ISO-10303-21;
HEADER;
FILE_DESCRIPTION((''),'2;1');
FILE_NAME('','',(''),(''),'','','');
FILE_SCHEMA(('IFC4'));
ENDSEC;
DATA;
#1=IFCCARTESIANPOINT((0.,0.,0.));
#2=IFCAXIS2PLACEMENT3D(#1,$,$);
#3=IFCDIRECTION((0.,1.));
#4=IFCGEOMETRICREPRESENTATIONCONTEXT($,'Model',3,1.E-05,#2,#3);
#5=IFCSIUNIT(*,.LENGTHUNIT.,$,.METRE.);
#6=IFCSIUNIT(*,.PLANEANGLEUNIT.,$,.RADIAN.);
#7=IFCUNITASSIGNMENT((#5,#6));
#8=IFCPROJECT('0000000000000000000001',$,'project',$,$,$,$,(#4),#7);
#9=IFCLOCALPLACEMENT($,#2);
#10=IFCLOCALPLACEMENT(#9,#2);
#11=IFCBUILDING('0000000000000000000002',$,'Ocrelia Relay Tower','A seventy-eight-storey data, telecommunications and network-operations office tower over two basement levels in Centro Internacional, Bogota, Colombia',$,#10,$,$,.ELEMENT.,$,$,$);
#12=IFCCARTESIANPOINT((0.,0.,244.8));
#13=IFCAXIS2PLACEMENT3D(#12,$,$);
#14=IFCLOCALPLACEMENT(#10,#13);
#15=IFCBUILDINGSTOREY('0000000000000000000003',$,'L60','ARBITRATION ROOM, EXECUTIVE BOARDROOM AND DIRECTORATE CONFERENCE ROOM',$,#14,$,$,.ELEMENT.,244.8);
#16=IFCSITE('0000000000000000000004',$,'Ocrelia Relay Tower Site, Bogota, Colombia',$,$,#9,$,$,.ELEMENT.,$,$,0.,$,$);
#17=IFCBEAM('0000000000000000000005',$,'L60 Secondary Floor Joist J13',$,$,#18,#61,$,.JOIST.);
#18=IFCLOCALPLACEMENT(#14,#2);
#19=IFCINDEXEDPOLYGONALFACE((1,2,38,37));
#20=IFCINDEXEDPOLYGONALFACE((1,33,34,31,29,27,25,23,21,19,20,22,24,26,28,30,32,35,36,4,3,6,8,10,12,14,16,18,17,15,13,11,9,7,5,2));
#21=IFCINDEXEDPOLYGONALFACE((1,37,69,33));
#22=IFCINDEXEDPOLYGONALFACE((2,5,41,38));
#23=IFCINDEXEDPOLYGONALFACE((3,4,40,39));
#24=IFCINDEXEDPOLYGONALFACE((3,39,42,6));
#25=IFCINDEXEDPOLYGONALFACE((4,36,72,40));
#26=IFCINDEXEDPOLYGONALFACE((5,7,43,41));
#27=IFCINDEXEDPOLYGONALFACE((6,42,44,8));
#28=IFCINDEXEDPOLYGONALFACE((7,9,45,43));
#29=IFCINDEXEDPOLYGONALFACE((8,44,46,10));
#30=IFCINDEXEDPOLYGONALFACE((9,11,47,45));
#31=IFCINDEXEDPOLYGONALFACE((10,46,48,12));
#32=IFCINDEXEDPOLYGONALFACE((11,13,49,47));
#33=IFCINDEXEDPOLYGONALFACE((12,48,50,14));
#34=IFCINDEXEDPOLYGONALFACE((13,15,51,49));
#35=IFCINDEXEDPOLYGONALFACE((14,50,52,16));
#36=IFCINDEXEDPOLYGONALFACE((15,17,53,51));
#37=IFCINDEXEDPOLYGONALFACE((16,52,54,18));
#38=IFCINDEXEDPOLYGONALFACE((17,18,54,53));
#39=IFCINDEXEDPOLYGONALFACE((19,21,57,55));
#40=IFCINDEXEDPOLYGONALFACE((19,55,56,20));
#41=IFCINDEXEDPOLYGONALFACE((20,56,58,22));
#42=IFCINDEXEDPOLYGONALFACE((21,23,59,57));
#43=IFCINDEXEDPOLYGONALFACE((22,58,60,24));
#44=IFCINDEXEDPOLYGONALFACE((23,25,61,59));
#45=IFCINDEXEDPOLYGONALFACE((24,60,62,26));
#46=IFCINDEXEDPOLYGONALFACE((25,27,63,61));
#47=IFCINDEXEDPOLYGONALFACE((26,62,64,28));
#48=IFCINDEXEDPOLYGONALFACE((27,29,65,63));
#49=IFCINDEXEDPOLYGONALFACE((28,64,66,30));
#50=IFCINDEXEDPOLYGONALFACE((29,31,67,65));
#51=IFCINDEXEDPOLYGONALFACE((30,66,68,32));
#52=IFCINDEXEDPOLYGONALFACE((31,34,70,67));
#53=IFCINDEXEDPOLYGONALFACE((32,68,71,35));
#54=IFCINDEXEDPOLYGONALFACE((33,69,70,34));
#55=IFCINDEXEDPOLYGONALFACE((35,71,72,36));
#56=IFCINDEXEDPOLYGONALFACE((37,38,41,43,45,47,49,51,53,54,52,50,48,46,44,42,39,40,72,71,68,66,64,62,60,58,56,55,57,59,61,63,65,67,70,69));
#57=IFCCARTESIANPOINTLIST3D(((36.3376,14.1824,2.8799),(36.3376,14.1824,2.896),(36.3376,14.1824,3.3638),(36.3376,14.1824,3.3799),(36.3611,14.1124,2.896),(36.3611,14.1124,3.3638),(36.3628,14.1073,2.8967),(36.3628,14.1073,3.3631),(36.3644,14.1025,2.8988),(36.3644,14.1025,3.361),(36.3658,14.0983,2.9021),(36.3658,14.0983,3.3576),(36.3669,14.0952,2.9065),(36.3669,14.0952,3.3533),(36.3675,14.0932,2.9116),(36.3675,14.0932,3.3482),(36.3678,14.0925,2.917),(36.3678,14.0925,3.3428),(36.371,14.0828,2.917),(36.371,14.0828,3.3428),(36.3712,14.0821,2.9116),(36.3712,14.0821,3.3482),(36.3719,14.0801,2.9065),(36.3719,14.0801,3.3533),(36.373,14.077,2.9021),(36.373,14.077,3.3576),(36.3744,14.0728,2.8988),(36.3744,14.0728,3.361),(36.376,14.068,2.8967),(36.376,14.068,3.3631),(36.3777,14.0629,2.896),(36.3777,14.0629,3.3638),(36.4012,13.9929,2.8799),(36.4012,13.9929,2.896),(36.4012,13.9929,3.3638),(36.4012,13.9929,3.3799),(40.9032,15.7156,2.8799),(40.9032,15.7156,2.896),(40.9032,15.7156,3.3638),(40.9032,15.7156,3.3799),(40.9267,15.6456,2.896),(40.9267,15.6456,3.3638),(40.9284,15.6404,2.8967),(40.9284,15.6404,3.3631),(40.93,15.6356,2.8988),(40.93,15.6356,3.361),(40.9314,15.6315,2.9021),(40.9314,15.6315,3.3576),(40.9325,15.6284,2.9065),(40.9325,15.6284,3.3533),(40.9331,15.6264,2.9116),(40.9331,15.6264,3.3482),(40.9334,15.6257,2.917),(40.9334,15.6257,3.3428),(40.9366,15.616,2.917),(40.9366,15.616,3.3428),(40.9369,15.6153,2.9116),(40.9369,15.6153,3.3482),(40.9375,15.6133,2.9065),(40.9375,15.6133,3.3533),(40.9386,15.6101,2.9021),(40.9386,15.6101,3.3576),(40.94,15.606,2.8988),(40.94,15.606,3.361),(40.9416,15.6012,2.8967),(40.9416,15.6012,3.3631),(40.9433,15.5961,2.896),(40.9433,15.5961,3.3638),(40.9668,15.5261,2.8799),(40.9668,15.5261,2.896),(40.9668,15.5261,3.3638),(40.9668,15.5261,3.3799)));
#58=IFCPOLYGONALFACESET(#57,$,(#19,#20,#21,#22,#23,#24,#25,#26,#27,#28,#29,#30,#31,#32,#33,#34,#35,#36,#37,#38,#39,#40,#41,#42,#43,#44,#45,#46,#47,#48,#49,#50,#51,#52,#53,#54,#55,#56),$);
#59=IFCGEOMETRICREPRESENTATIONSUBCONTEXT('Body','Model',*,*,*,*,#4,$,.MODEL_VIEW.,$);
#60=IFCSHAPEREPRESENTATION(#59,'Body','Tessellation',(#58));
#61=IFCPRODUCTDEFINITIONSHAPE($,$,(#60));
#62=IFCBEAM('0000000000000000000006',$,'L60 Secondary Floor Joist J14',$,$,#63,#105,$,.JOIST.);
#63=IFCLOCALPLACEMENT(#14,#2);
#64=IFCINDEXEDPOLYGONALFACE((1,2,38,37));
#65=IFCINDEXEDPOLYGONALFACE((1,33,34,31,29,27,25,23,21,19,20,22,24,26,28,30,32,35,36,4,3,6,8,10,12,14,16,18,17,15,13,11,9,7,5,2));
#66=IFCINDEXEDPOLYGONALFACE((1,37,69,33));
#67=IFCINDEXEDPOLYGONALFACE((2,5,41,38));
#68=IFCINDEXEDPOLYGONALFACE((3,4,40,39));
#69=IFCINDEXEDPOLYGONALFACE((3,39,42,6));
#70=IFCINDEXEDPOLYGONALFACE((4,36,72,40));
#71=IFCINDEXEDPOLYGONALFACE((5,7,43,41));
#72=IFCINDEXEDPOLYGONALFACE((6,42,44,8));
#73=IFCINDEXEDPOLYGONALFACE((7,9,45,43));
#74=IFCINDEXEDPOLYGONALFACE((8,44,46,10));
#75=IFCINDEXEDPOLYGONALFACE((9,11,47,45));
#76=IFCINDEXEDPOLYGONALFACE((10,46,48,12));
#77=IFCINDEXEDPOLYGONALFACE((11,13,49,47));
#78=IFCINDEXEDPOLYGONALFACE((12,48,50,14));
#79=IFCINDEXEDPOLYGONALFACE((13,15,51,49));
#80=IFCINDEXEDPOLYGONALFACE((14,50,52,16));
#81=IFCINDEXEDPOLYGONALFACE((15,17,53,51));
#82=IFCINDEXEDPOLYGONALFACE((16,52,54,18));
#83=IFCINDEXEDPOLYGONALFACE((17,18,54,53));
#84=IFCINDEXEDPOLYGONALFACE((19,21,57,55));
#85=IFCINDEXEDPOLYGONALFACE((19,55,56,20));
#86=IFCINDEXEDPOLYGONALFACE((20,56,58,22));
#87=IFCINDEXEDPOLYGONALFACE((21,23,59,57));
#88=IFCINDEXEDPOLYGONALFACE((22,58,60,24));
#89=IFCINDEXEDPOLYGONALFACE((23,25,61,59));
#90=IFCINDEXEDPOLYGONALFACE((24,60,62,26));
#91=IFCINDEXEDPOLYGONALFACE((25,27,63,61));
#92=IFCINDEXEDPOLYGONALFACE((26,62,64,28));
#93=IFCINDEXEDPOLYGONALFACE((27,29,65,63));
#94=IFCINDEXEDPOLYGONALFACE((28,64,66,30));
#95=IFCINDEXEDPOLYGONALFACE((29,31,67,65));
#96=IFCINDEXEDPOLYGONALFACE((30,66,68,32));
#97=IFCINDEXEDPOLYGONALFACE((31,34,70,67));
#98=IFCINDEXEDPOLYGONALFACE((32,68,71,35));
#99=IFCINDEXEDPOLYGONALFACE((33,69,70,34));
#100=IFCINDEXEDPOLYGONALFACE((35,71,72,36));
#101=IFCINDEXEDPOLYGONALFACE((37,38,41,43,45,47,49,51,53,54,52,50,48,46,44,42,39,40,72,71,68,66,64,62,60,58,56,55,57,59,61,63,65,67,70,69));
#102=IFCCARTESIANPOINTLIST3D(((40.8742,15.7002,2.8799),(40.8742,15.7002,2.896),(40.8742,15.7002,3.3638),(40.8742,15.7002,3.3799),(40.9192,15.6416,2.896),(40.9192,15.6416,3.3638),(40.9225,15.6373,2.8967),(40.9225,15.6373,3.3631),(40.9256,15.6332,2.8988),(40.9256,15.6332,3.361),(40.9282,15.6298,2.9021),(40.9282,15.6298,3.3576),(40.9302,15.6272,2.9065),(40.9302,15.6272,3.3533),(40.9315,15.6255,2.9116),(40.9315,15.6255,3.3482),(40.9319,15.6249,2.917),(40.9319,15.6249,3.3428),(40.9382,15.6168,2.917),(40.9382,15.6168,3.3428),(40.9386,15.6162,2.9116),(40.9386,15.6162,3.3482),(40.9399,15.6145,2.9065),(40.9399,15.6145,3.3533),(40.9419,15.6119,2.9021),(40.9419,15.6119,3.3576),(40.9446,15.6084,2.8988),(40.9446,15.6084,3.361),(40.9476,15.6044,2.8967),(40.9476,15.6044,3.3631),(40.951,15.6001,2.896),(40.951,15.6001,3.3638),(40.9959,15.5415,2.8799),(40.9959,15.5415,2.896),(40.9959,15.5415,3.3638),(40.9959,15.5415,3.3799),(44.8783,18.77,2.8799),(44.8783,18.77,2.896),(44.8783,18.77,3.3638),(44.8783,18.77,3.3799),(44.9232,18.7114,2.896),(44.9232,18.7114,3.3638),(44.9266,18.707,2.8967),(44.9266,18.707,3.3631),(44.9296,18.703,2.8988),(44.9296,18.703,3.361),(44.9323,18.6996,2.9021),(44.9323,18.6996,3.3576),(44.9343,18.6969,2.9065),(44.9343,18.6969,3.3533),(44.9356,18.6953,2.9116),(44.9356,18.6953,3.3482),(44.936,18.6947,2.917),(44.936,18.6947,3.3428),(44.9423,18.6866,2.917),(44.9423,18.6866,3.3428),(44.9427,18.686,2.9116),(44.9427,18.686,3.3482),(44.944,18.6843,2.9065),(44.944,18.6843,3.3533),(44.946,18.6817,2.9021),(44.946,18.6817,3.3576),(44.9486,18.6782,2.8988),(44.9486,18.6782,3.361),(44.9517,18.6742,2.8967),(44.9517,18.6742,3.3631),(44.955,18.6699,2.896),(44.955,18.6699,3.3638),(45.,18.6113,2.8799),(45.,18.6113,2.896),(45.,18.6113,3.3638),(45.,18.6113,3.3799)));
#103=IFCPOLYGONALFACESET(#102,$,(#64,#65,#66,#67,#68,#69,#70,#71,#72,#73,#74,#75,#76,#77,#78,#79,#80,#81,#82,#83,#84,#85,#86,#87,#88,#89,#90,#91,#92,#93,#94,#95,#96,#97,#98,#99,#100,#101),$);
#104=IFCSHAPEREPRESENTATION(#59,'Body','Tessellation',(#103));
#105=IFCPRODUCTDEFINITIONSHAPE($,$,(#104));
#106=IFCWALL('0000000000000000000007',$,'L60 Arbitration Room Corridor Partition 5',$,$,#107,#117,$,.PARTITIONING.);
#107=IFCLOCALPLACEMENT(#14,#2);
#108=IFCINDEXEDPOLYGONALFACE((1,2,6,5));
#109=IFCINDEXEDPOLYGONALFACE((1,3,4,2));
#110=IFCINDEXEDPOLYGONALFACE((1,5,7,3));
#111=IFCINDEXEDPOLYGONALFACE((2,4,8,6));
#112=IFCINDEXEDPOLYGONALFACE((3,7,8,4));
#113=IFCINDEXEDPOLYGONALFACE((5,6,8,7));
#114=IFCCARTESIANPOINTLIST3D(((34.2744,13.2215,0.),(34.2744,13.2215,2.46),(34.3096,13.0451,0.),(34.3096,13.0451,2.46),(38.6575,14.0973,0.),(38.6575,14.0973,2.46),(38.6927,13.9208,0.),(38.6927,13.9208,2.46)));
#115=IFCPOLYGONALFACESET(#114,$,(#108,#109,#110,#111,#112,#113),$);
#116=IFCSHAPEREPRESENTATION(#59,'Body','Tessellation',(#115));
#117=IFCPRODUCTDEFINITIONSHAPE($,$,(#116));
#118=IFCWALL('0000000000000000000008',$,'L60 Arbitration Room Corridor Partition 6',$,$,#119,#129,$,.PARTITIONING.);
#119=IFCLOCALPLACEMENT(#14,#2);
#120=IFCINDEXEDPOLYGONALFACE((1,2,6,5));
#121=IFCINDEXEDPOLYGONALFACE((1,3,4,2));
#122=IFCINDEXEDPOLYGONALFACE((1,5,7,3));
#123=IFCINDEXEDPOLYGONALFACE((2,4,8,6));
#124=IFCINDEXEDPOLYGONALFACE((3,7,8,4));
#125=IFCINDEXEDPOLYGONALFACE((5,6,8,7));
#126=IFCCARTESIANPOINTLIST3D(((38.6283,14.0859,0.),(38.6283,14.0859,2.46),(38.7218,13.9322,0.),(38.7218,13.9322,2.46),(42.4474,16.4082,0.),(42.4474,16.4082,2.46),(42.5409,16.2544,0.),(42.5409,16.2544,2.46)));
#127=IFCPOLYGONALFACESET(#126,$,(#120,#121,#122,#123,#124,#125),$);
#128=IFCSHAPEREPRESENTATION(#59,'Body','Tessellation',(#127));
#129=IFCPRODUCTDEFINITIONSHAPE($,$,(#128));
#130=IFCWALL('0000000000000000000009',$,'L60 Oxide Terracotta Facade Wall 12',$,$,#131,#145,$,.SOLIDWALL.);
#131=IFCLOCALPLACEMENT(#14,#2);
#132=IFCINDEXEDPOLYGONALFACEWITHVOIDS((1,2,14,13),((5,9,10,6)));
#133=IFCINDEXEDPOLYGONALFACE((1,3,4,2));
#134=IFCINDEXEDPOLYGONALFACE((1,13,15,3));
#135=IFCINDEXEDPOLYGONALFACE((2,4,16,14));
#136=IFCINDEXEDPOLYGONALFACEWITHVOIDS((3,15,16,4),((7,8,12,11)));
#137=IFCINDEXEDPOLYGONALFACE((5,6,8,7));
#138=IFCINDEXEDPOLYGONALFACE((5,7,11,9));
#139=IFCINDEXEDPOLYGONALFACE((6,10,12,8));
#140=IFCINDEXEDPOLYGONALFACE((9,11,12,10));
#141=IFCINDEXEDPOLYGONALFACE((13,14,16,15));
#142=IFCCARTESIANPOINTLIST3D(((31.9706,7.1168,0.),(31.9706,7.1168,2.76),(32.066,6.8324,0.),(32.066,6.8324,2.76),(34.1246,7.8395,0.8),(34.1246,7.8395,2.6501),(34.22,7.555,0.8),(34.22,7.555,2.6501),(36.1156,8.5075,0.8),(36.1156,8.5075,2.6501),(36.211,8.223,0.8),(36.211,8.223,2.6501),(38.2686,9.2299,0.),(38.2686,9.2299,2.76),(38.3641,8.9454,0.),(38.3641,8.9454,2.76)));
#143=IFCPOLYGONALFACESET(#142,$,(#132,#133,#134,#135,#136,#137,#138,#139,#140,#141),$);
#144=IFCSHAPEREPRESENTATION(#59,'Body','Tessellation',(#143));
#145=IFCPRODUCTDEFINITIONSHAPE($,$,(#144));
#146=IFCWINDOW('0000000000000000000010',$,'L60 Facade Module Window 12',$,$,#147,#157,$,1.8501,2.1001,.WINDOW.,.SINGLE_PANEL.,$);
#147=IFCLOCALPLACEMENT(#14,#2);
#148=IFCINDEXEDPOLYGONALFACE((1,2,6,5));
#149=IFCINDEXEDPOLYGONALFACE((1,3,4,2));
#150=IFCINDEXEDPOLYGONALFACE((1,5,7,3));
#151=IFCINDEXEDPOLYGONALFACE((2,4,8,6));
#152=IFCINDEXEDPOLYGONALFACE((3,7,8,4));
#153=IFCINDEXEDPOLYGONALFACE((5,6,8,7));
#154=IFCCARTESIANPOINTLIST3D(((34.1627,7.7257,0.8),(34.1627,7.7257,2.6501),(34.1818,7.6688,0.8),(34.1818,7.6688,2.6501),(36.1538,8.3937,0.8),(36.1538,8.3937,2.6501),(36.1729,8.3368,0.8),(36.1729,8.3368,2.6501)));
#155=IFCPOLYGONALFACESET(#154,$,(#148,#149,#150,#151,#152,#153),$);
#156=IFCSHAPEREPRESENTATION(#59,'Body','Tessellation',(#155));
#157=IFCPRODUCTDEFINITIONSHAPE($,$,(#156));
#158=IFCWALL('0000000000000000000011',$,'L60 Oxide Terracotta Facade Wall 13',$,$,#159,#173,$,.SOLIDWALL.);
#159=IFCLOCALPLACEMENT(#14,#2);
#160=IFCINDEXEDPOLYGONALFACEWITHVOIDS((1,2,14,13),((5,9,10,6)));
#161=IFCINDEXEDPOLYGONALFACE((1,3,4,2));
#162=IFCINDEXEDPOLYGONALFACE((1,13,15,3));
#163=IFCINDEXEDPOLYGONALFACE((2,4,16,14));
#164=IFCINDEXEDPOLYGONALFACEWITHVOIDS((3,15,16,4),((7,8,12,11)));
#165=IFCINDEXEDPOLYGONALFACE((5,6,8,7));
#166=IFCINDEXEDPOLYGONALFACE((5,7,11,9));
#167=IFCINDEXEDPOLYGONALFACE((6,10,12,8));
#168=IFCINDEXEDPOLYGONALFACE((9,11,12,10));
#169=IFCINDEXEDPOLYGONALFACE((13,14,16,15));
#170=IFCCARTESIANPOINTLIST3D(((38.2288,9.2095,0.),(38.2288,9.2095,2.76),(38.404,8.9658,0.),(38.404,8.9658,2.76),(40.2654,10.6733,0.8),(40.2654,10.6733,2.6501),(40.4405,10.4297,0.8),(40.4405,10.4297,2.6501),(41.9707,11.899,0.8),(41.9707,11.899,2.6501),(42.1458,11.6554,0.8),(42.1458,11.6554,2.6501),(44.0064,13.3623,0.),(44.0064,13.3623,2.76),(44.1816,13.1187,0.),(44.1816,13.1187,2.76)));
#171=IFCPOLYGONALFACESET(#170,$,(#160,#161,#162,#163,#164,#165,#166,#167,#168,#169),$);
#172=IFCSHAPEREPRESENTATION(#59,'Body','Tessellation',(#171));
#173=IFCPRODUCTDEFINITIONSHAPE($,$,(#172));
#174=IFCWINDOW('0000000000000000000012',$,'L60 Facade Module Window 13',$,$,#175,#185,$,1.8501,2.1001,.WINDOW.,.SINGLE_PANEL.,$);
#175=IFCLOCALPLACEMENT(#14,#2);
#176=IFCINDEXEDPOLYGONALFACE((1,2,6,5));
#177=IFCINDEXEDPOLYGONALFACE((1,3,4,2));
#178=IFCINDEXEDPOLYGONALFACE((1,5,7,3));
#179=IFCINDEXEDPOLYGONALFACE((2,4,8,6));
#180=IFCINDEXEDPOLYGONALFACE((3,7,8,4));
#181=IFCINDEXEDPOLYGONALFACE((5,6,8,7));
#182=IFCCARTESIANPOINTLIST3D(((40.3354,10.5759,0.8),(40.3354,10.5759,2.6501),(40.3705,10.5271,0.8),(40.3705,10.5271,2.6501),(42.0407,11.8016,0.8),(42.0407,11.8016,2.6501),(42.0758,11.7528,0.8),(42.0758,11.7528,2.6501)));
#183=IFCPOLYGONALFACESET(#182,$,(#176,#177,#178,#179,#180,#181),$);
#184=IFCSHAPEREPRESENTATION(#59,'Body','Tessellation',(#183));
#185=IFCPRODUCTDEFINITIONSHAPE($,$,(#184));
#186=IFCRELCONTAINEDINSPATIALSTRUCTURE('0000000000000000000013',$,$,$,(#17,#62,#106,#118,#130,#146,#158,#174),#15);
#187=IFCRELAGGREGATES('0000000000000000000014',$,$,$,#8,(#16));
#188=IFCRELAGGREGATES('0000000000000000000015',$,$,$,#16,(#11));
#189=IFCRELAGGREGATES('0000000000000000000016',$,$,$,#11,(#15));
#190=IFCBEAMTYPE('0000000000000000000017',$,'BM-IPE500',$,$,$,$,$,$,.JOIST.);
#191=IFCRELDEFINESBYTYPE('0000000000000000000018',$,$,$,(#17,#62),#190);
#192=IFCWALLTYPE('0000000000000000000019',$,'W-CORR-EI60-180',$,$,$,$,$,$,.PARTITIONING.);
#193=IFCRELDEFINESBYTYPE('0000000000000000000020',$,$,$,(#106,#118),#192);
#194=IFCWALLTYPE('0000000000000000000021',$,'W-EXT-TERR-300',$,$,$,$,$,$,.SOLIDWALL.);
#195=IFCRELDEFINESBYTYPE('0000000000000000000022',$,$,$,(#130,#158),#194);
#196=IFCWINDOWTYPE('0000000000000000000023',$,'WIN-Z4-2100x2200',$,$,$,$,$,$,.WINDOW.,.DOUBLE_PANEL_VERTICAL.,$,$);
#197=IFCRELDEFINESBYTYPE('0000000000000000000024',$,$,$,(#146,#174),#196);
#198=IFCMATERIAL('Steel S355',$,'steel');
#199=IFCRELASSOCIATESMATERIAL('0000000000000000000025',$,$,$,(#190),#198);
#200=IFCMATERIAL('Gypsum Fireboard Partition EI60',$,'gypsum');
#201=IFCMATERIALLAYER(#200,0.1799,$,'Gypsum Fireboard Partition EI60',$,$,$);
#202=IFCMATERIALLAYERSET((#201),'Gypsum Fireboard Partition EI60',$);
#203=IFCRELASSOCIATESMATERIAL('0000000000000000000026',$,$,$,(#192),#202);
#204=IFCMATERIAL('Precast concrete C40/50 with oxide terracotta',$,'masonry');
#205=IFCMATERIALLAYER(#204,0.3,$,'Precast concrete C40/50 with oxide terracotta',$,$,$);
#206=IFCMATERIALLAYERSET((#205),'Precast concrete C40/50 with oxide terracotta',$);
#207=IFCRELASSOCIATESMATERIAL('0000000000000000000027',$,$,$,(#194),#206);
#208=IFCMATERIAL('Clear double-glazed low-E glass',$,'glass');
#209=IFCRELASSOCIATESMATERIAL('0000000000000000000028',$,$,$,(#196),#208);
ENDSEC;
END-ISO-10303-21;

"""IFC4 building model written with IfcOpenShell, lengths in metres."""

from ifc_helpers import new_model, si_unit, direction, frame, frame_2d, origin, origin_2d, place, context, subcontext, project, spatial, rectangle, i_section, extrude, material, layer, layer_set, material_profile, profile_set, type_object, element, fill, save


model = new_model("IFC4")

# Units and contexts
model_context = context("Model", 3, precision=1e-05, world=origin(), true_north=direction((0.0, 1.0)))
body_context = subcontext(model_context, "Body", "Model", "MODEL_VIEW")
ifc_project = project(units=[si_unit("LENGTHUNIT", "METRE"), si_unit("PLANEANGLEUNIT", "RADIAN")], contexts=[model_context])

# Site, building, storey
site_placement = place(None, origin())
site = spatial("IfcSite", under=ifc_project, at=site_placement, Name="Ocrelia Relay Tower Site, Bogota, Colombia", CompositionType="ELEMENT", RefElevation=0.0)
building_placement = place(site_placement, origin())
building = spatial("IfcBuilding", under=site, at=building_placement, Name="Ocrelia Relay Tower", Description="A seventy-eight-storey data, telecommunications and network-operations office tower over two basement levels in Centro Internacional, Bogota, Colombia", CompositionType="ELEMENT")
storey_placement = place(building_placement, frame((0.0, 0.0, 244.8)))
storey = spatial("IfcBuildingStorey", under=building, at=storey_placement, Name="L60", Description="ARBITRATION ROOM, EXECUTIVE BOARDROOM AND DIRECTORATE CONFERENCE ROOM", CompositionType="ELEMENT", Elevation=244.8)

# Beams
ifc_material_1 = material(Name="Steel S355", Category="steel")
ifc_material_profile_1 = material_profile(ifc_material_1, i_section(OverallWidth=0.2, OverallDepth=0.5, WebThickness=0.0103, FlangeThickness=0.0161, FilletRadius=0.021, at=origin_2d()), Name="IPE 500")
ifc_profile_set_1 = profile_set([ifc_material_profile_1], Name="Steel S355")
beam_type_1 = type_object("IfcBeamType", Name="BM-IPE500", PredefinedType="JOIST", material=ifc_profile_set_1)
beam_1_placement = place(storey_placement, frame((36.3694, 14.0876, 3.1299), z_axis=(0.947976, 0.318341, 0.0), x_axis=(-0.318341, 0.947976, 0.0)))
element("IfcBeam", 1, at=beam_1_placement, inside=storey, type_object=beam_type_1, Name="L60 Secondary Floor Joist J13", PredefinedType="JOIST", context=body_context, shape_type="SweptSolid", body=[
    extrude(i_section(OverallWidth=0.2, OverallDepth=0.5, WebThickness=0.0103, FlangeThickness=0.0161, FilletRadius=0.021, at=origin_2d()), origin(), (0.0, 0.0, 1.0), 4.8162),
])
beam_2_placement = place(storey_placement, frame((40.9351, 15.6208, 3.1299), z_axis=(0.793609, 0.608428, 0.0), x_axis=(-0.608428, 0.793609, 0.0)))
element("IfcBeam", 2, at=beam_2_placement, inside=storey, type_object=beam_type_1, Name="L60 Secondary Floor Joist J14", PredefinedType="JOIST", context=body_context, shape_type="SweptSolid", body=[
    extrude(i_section(OverallWidth=0.2, OverallDepth=0.5, WebThickness=0.0103, FlangeThickness=0.0161, FilletRadius=0.021, at=origin_2d()), origin(), (0.0, 0.0, 1.0), 5.0454),
])

# Walls
ifc_material_2 = material(Name="Gypsum Fireboard Partition EI60", Category="gypsum")
ifc_layer_1 = layer(ifc_material_2, 0.1799, Name="Gypsum Fireboard Partition EI60")
ifc_layer_set_1 = layer_set([ifc_layer_1], Name="Gypsum Fireboard Partition EI60")
wall_type_1 = type_object("IfcWallType", Name="W-CORR-EI60-180", PredefinedType="PARTITIONING", material=ifc_layer_set_1)
for number, where, z_axis, x_axis, name in (
    (3, (34.292, 13.1333, 0.0), (0.0, 0.0, 1.0), (0.980618, 0.195927, 0.0), "L60 Arbitration Room Corridor Partition 5"),
    (4, (38.675, 14.009, 0.0), (0.0, 0.0, 1.0), (0.854437, 0.519555, 0.0), "L60 Arbitration Room Corridor Partition 6"),
):
    element("IfcWall", number, at=place(storey_placement, frame(where, z_axis=z_axis, x_axis=x_axis)), inside=storey, type_object=wall_type_1, Name=name, PredefinedType="PARTITIONING", context=body_context, shape_type="SweptSolid", body=[
        extrude(rectangle(XDim=4.4697, YDim=0.1799, at=frame_2d((2.2349, 0.0))), origin(), (0.0, 0.0, 1.0), 2.46),
    ])

# Walls, openings, windows
ifc_material_3 = material(Name="Precast concrete C40/50 with oxide terracotta", Category="masonry")
ifc_layer_2 = layer(ifc_material_3, 0.3, Name="Precast concrete C40/50 with oxide terracotta")
ifc_layer_set_2 = layer_set([ifc_layer_2], Name="Precast concrete C40/50 with oxide terracotta")
wall_type_2 = type_object("IfcWallType", Name="W-EXT-TERR-300", PredefinedType="SOLIDWALL", material=ifc_layer_set_2)
wall_1_placement = place(storey_placement, frame((32.0183, 6.9746, 0.0), z_axis=(0.0, 0.0, 1.0), x_axis=(0.948064, 0.318079, 0.0)))
wall_1 = element("IfcWall", 5, at=wall_1_placement, inside=storey, type_object=wall_type_2, Name="L60 Oxide Terracotta Facade Wall 12", PredefinedType="SOLIDWALL", context=body_context, shape_type="SweptSolid", body=[
    extrude(rectangle(XDim=6.6431, YDim=0.3, at=frame_2d((3.3215, 0.0))), origin(), (0.0, 0.0, 1.0), 2.76),
])
opening_1_placement = place(wall_1_placement, frame((2.272, 0.0, 0.8)))
opening_1 = element("IfcOpeningElement", 6, at=opening_1_placement, cuts=wall_1, PredefinedType="OPENING", context=body_context, shape_type="SweptSolid", body=[
    extrude(rectangle(XDim=2.1001, YDim=1.8501, at=frame_2d((1.05, 0.925))), frame((0.0, 0.1602, 0.0), z_axis=(0.0, -1.0, 0.0), x_axis=(1.0, 0.0, 0.0)), (0.0, 0.0, 1.0), 0.3201),
])
ifc_material_4 = material(Name="Clear double-glazed low-E glass", Category="glass")
window_type = type_object("IfcWindowType", Name="WIN-Z4-2100x2200", PartitioningType="DOUBLE_PANEL_VERTICAL", PredefinedType="WINDOW", material=ifc_material_4)
window_1_placement = place(opening_1_placement, origin())
window_1 = element("IfcWindow", 7, at=window_1_placement, inside=storey, type_object=window_type, Name="L60 Facade Module Window 12", OverallHeight=1.8501, OverallWidth=2.1001, PartitioningType="SINGLE_PANEL", PredefinedType="WINDOW", context=body_context, shape_type="SweptSolid", body=[
    extrude(rectangle(XDim=2.1001, YDim=1.8501, at=frame_2d((1.05, 0.925))), frame((0.0, 0.03, 0.0), z_axis=(0.0, -1.0, 0.0), x_axis=(1.0, 0.0, 0.0)), (0.0, 0.0, 1.0), 0.0601),
])
fill(opening_1, window_1)
wall_2_placement = place(storey_placement, frame((38.3164, 9.0876, 0.0), z_axis=(0.0, 0.0, 1.0), x_axis=(0.812003, 0.583654, 0.0)))
wall_2 = element("IfcWall", 8, at=wall_2_placement, inside=storey, type_object=wall_type_2, Name="L60 Oxide Terracotta Facade Wall 13", PredefinedType="SOLIDWALL", context=body_context, shape_type="SweptSolid", body=[
    extrude(rectangle(XDim=7.1152, YDim=0.3, at=frame_2d((3.5576, 0.0))), origin(), (0.0, 0.0, 1.0), 2.76),
])
opening_2_placement = place(wall_2_placement, frame((2.5081, 0.0, 0.8)))
opening_2 = element("IfcOpeningElement", 9, at=opening_2_placement, cuts=wall_2, PredefinedType="OPENING", context=body_context, shape_type="SweptSolid", body=[
    extrude(rectangle(XDim=2.1001, YDim=1.8501, at=frame_2d((1.05, 0.925))), frame((0.0, 0.1602, 0.0), z_axis=(0.0, -1.0, 0.0), x_axis=(1.0, 0.0, 0.0)), (0.0, 0.0, 1.0), 0.3201),
])
window_2_placement = place(opening_2_placement, origin())
window_2 = element("IfcWindow", 10, at=window_2_placement, inside=storey, type_object=window_type, Name="L60 Facade Module Window 13", OverallHeight=1.8501, OverallWidth=2.1001, PartitioningType="SINGLE_PANEL", PredefinedType="WINDOW", context=body_context, shape_type="SweptSolid", body=[
    extrude(rectangle(XDim=2.1001, YDim=1.8501, at=frame_2d((1.05, 0.925))), frame((0.0, 0.03, 0.0), z_axis=(0.0, -1.0, 0.0), x_axis=(1.0, 0.0, 0.0)), (0.0, 0.0, 1.0), 0.0601),
])
fill(opening_2, window_2)

save(model, "model.ifc")
